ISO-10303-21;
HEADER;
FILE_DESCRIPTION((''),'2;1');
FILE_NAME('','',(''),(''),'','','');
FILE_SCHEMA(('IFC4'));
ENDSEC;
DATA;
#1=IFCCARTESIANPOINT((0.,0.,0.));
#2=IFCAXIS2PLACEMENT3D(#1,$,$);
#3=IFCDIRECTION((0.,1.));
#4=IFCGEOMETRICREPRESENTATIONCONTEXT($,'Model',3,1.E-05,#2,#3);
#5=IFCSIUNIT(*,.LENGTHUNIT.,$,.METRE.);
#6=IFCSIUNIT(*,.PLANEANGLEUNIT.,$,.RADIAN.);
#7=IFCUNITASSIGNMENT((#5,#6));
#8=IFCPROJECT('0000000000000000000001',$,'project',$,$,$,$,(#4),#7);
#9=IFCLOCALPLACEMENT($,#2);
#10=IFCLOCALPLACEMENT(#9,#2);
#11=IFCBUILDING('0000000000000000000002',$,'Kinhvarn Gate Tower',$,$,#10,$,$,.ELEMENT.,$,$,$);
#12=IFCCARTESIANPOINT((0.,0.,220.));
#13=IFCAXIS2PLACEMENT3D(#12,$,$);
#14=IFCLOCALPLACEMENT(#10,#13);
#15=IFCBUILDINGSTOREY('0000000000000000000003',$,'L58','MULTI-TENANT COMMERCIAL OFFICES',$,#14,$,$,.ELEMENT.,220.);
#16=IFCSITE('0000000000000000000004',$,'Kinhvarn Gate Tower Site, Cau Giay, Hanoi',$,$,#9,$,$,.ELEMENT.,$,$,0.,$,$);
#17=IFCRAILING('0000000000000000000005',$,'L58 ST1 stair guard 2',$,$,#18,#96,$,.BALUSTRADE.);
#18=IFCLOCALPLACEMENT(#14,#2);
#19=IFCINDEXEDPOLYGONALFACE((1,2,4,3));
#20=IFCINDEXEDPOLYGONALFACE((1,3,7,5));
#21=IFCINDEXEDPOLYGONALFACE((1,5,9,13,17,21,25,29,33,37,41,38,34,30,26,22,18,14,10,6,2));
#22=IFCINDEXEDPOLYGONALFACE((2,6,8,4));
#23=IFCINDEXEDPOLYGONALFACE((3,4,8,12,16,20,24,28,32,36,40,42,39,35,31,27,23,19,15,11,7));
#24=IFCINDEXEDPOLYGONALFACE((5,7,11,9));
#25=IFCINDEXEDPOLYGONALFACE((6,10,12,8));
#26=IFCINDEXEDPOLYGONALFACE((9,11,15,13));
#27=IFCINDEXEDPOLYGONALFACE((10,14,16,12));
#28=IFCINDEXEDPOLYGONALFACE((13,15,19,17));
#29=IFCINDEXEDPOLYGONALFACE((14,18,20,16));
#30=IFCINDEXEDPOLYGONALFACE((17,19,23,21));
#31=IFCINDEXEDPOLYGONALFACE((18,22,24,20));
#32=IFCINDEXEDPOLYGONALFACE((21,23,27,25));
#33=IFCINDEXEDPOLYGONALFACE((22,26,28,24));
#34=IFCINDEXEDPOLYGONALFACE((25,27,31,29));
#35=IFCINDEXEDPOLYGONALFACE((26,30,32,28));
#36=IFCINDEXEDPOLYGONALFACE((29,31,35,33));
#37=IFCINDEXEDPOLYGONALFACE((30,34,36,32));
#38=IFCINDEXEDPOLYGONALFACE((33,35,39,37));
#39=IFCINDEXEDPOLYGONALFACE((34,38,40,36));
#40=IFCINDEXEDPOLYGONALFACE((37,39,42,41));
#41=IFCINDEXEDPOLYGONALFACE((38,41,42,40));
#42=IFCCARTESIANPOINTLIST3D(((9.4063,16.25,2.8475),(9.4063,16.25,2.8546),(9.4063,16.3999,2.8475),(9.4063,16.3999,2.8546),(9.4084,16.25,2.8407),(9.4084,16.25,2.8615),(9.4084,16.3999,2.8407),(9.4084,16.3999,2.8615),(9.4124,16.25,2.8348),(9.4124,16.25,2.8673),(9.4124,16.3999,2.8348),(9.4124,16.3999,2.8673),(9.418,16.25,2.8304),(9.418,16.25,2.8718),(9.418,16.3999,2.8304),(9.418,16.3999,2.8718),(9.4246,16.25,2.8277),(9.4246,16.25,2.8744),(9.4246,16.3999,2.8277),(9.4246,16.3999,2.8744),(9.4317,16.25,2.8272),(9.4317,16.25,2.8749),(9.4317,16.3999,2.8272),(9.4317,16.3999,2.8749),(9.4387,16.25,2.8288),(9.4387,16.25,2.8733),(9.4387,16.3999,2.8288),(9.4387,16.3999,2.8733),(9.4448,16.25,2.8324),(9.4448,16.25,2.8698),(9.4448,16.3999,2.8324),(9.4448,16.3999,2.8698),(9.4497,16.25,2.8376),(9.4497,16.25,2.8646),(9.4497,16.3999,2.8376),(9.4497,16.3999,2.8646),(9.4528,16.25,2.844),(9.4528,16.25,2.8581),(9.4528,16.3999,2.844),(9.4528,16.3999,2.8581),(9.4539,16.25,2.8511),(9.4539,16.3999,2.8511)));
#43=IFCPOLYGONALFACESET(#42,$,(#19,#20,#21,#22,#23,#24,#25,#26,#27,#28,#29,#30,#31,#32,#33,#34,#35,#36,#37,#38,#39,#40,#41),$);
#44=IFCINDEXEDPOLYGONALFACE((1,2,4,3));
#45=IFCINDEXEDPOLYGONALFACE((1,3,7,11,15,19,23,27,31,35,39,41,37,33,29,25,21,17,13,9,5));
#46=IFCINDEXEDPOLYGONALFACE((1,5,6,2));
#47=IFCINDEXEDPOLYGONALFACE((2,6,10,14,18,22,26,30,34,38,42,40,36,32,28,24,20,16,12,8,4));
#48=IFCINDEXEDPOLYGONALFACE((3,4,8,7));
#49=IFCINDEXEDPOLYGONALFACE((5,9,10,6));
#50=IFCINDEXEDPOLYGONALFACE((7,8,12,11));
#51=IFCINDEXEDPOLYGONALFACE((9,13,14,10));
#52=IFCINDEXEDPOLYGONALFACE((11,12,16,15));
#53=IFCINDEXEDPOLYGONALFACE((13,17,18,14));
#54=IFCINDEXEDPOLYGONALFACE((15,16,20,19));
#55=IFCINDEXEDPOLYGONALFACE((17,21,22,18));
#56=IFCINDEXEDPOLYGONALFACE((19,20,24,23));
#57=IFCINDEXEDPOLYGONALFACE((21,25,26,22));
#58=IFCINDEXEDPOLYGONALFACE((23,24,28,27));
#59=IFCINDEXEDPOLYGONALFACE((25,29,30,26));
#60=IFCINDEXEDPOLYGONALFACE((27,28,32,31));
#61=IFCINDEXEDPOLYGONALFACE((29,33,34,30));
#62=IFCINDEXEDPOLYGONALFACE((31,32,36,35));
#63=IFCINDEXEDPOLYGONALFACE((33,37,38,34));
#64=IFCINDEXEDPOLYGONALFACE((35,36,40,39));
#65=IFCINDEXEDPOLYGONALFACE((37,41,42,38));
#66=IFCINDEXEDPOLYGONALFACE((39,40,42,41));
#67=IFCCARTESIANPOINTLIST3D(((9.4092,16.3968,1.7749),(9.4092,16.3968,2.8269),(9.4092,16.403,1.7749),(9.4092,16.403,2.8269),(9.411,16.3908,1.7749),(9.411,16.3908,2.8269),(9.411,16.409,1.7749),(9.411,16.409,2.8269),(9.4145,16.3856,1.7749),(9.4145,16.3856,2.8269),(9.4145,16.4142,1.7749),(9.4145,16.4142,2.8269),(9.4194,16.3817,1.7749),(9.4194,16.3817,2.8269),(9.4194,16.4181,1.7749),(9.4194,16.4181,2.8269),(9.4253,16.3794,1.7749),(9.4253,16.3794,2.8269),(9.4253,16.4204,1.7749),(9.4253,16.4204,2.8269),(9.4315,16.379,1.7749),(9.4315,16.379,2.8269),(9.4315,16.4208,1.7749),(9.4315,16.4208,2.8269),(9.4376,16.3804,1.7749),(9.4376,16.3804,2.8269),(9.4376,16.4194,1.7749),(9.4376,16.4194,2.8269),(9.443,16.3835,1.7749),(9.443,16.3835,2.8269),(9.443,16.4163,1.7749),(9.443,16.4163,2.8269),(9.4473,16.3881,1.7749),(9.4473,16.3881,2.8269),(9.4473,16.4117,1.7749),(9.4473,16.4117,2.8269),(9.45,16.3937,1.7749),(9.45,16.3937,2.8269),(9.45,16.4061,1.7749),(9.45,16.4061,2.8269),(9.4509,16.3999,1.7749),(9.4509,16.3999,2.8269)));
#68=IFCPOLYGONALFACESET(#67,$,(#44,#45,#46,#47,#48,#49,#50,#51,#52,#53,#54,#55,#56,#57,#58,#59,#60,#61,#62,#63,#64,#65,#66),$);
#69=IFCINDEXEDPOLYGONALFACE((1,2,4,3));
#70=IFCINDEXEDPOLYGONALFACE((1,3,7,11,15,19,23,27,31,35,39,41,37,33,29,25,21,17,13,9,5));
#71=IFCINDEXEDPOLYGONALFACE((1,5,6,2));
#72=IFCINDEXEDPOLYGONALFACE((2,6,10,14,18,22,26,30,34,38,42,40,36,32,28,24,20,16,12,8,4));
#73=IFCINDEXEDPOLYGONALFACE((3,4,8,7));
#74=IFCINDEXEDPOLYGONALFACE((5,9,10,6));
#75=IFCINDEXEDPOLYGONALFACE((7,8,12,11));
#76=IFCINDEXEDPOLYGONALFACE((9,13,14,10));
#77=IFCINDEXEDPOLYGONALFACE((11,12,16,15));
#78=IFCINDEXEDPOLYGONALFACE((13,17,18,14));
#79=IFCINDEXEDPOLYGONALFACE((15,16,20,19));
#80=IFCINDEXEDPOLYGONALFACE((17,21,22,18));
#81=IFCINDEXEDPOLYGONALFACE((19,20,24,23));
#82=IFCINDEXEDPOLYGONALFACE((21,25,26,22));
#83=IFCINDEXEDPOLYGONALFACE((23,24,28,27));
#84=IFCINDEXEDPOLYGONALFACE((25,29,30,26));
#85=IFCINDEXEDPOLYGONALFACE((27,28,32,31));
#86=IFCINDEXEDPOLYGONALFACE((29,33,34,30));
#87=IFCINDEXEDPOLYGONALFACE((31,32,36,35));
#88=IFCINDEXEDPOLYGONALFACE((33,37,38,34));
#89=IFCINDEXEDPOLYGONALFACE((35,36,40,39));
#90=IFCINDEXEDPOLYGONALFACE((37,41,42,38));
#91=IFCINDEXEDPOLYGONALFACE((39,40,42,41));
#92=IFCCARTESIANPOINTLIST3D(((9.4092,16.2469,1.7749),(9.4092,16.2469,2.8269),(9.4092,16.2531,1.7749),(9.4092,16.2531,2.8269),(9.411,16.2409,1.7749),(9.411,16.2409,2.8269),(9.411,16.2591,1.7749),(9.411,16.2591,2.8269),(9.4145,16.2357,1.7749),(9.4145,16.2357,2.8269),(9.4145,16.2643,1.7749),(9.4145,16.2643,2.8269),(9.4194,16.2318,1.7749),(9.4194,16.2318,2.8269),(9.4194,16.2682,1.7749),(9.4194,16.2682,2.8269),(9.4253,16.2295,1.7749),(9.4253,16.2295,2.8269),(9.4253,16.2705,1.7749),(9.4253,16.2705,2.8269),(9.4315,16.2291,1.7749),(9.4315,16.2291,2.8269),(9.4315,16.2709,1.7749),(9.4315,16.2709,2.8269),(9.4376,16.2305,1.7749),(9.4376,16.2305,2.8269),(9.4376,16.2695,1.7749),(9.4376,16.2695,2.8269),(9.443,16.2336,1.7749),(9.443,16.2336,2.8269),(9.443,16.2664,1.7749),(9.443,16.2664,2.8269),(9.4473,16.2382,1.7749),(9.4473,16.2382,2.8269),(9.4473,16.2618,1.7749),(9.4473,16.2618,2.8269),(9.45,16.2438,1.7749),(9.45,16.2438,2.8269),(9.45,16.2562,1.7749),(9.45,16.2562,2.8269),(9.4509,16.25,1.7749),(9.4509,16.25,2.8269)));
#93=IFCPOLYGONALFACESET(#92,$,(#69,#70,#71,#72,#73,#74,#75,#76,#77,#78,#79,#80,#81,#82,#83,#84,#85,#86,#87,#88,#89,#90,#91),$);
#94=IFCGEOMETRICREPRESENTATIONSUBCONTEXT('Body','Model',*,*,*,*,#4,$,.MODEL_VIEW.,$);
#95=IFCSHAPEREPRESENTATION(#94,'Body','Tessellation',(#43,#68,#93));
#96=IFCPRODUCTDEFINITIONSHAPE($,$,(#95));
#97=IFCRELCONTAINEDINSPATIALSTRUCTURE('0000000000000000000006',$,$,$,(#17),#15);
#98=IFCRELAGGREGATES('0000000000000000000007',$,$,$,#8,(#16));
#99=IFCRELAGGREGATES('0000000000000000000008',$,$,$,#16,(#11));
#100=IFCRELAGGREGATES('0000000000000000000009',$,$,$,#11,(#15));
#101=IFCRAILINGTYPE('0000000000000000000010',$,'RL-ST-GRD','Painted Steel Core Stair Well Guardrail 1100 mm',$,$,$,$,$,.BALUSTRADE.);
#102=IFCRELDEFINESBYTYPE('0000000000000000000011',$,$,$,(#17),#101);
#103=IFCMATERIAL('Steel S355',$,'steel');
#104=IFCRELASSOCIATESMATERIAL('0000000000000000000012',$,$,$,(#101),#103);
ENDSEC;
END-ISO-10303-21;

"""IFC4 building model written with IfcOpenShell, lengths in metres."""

from ifc_helpers import new_model, si_unit, direction, frame, origin, origin_2d, place, context, subcontext, project, spatial, circle, extrude, material, type_object, element, save


model = new_model("IFC4")

# Units and contexts
model_context = context("Model", 3, precision=1e-05, world=origin(), true_north=direction((0.0, 1.0)))
body_context = subcontext(model_context, "Body", "Model", "MODEL_VIEW")
ifc_project = project(units=[si_unit("LENGTHUNIT", "METRE"), si_unit("PLANEANGLEUNIT", "RADIAN")], contexts=[model_context])

# Site, building, storey
site_placement = place(None, origin())
site = spatial("IfcSite", under=ifc_project, at=site_placement, Name="Kinhvarn Gate Tower Site, Cau Giay, Hanoi", CompositionType="ELEMENT", RefElevation=0.0)
building_placement = place(site_placement, origin())
building = spatial("IfcBuilding", under=site, at=building_placement, Name="Kinhvarn Gate Tower", CompositionType="ELEMENT")
storey_placement = place(building_placement, frame((0.0, 0.0, 220.0)))
storey = spatial("IfcBuildingStorey", under=building, at=storey_placement, Name="L58", Description="MULTI-TENANT COMMERCIAL OFFICES", CompositionType="ELEMENT", Elevation=220.0)

# Shared definitions
ifc_material_1 = material(Name="Steel S355", Category="steel")

# Railing
railing_type_1 = type_object("IfcRailingType", Name="RL-ST-GRD", Description="Painted Steel Core Stair Well Guardrail 1100 mm", PredefinedType="BALUSTRADE", material=ifc_material_1)
railing_1_placement = place(storey_placement, frame((9.4299, 16.3999, 1.7749)))
element("IfcRailing", 1, at=railing_1_placement, inside=storey, type_object=railing_type_1, Name="L58 ST1 stair guard 2", PredefinedType="BALUSTRADE", context=body_context, shape_type="SweptSolid", body=[
    extrude(circle(Radius=0.0239, at=origin_2d()), frame((0.0, 0.0, 1.0762), z_axis=(0.0, -1.0, 0.0), x_axis=(1.0, 0.0, 0.0)), (0.0, 0.0, 1.0), 0.1499),
    extrude(circle(Radius=0.021, at=origin_2d()), origin(), (0.0, 0.0, 1.0), 1.052),
    extrude(circle(Radius=0.021, at=origin_2d()), frame((0.0, -0.1499, 0.0)), (0.0, 0.0, 1.0), 1.052),
])

save(model, "model.ifc")
